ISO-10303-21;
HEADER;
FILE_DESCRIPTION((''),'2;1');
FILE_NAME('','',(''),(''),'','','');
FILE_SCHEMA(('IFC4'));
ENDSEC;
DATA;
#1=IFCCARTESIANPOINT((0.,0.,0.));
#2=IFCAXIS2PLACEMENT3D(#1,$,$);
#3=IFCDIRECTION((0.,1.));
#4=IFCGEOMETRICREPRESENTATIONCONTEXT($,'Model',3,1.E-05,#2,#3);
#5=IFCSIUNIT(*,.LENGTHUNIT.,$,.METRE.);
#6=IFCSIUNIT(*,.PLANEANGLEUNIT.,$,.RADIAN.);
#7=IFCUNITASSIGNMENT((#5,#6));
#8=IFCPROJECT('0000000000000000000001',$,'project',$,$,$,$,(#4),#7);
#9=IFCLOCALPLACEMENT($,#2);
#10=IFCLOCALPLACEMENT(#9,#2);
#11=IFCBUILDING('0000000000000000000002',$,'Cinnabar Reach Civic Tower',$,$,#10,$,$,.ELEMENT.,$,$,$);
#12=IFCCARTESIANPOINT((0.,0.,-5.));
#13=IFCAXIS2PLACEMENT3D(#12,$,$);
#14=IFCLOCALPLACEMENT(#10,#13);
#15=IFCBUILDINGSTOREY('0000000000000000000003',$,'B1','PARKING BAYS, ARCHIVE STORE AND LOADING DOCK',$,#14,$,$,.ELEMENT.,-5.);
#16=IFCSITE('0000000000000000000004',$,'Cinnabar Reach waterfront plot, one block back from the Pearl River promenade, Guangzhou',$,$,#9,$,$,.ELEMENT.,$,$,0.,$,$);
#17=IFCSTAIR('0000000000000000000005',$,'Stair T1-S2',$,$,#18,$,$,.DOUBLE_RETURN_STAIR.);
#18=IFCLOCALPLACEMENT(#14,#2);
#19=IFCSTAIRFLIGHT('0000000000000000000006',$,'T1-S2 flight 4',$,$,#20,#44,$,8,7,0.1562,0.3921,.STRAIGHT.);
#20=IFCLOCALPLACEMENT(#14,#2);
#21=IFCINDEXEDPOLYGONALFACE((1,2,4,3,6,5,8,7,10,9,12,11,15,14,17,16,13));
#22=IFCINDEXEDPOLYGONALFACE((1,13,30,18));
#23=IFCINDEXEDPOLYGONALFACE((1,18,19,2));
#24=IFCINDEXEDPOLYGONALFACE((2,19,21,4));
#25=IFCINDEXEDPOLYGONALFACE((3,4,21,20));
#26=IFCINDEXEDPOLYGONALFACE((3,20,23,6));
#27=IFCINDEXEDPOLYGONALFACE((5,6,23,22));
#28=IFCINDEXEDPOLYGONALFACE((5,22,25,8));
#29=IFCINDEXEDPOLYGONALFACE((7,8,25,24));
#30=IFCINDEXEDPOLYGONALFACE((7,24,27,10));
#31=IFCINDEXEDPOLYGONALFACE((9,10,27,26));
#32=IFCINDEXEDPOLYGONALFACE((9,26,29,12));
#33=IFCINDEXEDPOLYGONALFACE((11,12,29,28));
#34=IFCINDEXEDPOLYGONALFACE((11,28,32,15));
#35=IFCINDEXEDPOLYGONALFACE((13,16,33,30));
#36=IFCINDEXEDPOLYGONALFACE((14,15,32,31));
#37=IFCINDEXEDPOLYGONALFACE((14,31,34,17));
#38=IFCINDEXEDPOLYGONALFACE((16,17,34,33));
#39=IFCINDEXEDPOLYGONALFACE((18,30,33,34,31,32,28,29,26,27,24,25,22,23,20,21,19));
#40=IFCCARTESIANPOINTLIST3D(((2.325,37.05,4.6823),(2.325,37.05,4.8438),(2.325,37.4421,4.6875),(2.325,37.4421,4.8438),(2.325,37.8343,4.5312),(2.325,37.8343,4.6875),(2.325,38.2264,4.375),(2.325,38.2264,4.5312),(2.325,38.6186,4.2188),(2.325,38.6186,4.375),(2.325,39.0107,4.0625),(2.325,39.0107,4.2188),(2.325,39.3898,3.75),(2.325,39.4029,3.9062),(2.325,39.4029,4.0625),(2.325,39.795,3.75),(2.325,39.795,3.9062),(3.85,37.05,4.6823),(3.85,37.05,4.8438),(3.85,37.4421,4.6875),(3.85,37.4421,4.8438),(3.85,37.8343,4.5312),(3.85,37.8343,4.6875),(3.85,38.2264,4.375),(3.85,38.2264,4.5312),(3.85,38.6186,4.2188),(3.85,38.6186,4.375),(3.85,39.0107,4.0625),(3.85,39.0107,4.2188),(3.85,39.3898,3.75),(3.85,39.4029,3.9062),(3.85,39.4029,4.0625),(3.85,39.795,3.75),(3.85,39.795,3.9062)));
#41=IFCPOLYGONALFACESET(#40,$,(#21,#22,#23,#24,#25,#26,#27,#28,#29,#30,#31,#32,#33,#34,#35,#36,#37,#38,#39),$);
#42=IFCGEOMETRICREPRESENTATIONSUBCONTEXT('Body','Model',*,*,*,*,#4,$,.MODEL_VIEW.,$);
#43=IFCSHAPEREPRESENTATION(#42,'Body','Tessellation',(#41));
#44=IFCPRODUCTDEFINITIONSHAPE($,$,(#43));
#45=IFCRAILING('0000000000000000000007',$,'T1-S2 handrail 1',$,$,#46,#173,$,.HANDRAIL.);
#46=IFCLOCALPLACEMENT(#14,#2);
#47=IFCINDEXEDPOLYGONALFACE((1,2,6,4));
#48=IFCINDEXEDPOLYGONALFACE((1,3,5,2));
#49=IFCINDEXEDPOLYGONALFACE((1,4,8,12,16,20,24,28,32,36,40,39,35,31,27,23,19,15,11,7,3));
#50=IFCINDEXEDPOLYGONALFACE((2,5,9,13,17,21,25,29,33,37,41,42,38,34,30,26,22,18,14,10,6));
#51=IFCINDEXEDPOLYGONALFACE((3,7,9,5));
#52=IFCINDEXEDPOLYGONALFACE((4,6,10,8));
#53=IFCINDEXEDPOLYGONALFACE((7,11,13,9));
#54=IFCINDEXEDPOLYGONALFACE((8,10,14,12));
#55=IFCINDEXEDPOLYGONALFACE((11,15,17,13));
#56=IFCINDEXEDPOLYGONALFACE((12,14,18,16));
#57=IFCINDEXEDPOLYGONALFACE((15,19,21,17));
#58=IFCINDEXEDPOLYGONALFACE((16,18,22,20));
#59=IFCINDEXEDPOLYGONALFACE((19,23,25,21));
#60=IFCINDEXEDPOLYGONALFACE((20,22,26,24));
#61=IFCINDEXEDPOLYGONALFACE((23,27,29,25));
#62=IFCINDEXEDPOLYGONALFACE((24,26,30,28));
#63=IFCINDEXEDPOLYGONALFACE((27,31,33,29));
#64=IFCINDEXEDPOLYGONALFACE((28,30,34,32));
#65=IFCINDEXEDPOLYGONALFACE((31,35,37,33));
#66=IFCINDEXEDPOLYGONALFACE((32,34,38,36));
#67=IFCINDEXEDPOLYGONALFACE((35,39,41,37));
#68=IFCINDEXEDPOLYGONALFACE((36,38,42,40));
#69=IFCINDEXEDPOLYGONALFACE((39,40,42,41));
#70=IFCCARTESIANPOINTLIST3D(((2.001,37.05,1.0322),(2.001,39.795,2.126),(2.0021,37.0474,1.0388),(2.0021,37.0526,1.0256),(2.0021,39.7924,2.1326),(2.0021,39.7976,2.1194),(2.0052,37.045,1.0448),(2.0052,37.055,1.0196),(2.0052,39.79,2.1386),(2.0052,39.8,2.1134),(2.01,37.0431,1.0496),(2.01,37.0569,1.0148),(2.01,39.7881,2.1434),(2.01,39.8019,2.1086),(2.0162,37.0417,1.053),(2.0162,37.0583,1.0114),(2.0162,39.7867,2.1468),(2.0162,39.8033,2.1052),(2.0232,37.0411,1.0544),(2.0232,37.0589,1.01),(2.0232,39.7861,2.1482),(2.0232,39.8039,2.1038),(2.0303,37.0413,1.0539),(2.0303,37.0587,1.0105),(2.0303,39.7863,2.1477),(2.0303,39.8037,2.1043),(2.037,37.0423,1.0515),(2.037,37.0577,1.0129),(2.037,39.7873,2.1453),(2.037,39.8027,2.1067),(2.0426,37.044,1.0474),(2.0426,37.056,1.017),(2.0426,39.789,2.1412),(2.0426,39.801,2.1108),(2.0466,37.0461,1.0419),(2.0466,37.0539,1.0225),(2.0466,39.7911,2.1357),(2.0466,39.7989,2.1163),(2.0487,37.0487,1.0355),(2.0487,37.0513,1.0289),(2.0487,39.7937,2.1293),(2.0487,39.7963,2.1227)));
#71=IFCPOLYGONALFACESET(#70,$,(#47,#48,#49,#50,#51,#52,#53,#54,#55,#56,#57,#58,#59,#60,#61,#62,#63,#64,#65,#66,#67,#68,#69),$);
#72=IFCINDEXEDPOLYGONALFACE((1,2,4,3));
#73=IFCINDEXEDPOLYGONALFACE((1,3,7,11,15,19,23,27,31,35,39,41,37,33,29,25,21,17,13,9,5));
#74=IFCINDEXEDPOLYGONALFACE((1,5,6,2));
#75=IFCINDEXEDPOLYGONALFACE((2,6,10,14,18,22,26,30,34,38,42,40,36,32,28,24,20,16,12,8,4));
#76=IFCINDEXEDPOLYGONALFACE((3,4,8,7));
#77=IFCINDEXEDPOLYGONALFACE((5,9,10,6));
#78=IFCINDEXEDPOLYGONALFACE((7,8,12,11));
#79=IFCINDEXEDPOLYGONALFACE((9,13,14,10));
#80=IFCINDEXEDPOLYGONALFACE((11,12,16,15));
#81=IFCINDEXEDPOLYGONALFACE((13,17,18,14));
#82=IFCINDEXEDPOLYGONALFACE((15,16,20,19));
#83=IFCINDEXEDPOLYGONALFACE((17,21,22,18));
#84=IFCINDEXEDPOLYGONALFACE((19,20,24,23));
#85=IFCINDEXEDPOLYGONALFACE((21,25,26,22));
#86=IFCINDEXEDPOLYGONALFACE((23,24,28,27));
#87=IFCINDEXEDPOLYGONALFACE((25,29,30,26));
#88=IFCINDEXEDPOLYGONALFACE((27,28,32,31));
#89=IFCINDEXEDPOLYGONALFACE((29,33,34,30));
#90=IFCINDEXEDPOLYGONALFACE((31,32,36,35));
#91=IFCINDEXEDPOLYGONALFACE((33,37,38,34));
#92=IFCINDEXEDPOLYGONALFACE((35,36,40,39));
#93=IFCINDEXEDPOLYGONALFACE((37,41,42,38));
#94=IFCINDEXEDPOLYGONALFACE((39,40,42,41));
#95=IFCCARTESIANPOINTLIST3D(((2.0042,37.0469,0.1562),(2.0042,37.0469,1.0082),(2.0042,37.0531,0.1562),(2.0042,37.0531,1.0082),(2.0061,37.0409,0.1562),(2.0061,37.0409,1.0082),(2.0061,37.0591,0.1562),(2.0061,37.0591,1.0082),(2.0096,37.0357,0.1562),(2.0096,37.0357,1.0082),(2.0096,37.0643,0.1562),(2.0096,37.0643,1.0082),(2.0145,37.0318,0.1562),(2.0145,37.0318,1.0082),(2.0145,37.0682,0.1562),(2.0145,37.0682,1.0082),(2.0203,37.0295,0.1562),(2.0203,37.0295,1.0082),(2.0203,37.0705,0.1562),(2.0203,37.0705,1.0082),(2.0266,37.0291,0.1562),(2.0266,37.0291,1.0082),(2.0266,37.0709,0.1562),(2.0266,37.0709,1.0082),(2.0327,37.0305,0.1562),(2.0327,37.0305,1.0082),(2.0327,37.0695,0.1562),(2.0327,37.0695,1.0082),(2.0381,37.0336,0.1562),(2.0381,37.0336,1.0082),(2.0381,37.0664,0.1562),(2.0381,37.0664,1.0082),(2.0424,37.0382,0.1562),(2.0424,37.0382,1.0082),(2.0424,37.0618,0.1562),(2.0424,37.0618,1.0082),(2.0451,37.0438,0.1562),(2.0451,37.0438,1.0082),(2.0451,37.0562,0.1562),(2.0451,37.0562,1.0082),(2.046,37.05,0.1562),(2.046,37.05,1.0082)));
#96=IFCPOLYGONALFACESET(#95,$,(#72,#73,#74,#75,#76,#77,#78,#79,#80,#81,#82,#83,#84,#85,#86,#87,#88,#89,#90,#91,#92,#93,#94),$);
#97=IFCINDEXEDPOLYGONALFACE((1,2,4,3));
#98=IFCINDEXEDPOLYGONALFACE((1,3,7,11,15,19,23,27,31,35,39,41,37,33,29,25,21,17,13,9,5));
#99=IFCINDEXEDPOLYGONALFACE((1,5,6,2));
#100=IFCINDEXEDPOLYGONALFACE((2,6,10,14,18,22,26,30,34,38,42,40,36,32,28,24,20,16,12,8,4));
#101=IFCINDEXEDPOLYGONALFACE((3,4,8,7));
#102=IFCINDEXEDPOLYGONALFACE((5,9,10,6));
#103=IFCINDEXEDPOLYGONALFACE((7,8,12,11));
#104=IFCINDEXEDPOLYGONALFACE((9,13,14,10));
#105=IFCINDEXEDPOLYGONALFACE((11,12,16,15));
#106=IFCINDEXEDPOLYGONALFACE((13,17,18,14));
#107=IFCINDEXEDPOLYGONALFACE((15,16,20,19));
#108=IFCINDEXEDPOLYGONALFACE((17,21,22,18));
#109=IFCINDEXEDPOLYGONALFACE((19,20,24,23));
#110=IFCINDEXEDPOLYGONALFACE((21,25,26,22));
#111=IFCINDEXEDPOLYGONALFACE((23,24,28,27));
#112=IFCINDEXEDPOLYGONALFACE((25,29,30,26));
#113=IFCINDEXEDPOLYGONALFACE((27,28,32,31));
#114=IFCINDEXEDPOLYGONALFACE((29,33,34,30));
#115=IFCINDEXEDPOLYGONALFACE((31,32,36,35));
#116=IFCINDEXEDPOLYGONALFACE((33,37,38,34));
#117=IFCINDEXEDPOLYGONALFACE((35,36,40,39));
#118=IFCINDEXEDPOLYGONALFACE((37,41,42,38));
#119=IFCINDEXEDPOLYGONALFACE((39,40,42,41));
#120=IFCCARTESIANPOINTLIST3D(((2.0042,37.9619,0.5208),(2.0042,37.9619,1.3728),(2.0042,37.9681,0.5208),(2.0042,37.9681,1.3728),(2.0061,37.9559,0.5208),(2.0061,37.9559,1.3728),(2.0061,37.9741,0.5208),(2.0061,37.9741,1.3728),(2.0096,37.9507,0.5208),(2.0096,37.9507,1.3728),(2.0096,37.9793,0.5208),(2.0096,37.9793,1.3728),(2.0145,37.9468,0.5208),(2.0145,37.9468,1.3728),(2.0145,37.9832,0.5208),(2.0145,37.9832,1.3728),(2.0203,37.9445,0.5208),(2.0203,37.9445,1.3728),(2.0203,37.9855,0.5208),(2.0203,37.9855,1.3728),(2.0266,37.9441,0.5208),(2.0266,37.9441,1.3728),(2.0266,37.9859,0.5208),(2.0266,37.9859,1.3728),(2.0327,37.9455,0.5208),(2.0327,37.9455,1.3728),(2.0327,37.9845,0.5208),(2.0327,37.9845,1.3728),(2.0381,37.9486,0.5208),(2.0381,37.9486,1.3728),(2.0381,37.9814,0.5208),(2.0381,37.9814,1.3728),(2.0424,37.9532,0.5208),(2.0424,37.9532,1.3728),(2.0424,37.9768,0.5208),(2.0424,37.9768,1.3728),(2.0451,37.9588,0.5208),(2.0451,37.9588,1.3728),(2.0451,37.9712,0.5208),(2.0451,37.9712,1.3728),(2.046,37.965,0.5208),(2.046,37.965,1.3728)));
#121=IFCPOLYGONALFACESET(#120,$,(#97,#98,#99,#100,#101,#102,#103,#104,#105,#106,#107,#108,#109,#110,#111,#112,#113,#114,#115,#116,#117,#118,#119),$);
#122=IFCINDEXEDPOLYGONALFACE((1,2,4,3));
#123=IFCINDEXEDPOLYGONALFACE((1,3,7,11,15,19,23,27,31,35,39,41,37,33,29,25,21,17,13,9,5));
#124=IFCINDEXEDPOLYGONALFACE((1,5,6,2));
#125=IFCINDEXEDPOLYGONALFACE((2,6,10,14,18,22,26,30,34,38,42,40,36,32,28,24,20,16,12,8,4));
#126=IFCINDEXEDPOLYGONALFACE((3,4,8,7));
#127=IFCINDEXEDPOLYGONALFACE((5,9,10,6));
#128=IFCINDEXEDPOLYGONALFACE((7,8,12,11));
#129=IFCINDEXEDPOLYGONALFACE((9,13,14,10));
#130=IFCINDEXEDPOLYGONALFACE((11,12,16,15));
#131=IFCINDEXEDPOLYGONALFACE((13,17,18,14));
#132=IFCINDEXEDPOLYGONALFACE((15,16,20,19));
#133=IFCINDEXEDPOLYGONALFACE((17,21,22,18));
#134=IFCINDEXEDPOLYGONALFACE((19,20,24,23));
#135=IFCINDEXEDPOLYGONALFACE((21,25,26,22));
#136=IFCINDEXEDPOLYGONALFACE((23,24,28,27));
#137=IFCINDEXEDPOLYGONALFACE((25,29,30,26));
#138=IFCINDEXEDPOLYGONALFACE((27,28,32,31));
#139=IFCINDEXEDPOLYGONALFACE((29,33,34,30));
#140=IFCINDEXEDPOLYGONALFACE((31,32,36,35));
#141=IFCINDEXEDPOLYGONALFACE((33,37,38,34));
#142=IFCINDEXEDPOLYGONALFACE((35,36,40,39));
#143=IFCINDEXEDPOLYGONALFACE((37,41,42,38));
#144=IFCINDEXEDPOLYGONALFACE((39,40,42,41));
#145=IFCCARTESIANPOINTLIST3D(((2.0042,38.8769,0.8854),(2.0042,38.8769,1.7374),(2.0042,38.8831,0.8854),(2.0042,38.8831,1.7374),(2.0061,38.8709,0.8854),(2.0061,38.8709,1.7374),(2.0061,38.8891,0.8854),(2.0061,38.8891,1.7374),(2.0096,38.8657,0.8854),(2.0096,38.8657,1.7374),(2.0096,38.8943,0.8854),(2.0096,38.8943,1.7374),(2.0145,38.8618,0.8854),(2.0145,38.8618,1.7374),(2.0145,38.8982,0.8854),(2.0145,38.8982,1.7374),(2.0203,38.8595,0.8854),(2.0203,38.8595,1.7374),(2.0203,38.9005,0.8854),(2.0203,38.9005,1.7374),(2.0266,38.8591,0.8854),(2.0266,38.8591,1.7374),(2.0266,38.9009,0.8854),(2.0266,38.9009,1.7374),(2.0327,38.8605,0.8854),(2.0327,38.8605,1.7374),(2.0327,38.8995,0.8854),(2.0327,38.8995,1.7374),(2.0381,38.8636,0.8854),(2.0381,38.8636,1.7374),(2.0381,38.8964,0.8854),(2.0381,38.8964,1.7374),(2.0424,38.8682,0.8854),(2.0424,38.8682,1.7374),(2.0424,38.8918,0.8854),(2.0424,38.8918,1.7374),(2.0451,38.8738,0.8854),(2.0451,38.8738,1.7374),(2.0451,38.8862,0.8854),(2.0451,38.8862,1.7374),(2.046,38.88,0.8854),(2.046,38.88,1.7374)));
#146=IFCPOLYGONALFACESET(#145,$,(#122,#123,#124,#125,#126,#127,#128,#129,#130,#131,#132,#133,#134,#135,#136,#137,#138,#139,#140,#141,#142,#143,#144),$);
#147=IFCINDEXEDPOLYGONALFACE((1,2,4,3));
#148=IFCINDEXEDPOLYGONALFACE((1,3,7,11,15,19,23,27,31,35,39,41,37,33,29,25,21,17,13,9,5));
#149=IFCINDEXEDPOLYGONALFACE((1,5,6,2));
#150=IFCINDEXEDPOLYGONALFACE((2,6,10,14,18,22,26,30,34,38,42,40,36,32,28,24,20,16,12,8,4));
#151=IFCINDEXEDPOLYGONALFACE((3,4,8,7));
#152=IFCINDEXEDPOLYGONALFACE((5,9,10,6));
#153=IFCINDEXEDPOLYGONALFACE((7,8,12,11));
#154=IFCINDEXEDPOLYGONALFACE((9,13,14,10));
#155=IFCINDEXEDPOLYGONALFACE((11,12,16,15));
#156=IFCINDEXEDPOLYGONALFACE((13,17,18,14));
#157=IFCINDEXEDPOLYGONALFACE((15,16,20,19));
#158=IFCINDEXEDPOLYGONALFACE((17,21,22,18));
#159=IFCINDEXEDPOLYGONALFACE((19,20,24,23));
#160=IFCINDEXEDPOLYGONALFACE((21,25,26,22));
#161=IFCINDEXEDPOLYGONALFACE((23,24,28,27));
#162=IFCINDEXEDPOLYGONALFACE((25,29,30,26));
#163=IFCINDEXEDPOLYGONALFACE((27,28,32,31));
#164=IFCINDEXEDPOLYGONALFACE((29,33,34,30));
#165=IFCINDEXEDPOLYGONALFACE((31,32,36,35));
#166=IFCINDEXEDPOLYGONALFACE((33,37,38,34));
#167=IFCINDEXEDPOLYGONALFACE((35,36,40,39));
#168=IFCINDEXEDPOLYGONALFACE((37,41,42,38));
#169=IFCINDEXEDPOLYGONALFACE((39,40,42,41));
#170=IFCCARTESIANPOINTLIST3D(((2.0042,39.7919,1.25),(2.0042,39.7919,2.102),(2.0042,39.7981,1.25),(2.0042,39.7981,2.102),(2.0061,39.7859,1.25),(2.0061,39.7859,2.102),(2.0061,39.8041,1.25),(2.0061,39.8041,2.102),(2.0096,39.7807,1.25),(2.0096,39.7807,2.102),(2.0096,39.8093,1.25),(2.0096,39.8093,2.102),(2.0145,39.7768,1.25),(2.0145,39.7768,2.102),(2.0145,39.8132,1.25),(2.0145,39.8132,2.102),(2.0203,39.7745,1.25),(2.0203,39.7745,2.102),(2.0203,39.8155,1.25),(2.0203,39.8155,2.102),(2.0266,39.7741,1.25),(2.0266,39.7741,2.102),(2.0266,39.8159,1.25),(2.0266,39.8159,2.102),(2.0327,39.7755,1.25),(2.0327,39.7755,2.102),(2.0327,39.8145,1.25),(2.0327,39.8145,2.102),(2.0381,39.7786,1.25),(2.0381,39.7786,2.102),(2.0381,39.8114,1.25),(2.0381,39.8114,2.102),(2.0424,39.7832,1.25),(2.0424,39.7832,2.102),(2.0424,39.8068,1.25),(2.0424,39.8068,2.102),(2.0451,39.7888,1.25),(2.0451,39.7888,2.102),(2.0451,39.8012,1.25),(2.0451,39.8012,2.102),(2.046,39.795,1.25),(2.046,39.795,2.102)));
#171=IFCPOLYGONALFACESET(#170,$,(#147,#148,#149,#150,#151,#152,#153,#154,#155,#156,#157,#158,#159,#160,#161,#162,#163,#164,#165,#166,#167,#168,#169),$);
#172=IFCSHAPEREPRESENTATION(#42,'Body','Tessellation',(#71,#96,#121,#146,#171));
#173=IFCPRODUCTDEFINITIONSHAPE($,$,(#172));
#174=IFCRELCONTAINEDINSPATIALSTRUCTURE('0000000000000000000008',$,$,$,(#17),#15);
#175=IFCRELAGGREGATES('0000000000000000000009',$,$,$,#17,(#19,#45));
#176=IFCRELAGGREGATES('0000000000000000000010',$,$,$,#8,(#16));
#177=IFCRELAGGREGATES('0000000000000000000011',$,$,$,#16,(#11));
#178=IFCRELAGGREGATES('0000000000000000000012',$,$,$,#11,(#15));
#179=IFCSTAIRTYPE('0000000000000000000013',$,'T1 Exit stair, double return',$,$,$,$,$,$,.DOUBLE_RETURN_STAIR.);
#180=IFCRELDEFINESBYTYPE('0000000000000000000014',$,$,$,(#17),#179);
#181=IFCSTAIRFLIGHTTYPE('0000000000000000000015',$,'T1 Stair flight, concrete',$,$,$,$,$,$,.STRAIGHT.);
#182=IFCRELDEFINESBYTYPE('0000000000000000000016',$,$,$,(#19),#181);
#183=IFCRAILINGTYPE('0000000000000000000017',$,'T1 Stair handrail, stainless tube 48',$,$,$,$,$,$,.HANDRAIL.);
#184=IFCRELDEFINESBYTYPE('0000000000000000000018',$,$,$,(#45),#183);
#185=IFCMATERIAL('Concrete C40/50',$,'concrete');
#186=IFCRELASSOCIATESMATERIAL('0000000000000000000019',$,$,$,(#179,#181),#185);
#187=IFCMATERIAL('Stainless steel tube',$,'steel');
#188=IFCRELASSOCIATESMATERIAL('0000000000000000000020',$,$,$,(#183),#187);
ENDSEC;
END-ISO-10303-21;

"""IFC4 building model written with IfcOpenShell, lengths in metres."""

from ifc_helpers import new_model, si_unit, direction, frame, origin, origin_2d, place, context, subcontext, project, spatial, polyline, circle, outline, extrude, material, type_object, element, aggregate, save


model = new_model("IFC4")

# Units and contexts
model_context = context("Model", 3, precision=1e-05, world=origin(), true_north=direction((0.0, 1.0)))
body_context = subcontext(model_context, "Body", "Model", "MODEL_VIEW")
ifc_project = project(units=[si_unit("LENGTHUNIT", "METRE"), si_unit("PLANEANGLEUNIT", "RADIAN")], contexts=[model_context])

# Site, building, storey
site_placement = place(None, origin())
site = spatial("IfcSite", under=ifc_project, at=site_placement, Name="Cinnabar Reach waterfront plot, one block back from the Pearl River promenade, Guangzhou", CompositionType="ELEMENT", RefElevation=0.0)
building_placement = place(site_placement, origin())
building = spatial("IfcBuilding", under=site, at=building_placement, Name="Cinnabar Reach Civic Tower", CompositionType="ELEMENT")
storey_placement = place(building_placement, frame((0.0, 0.0, -5.0)))
storey = spatial("IfcBuildingStorey", under=building, at=storey_placement, Name="B1", Description="PARKING BAYS, ARCHIVE STORE AND LOADING DOCK", CompositionType="ELEMENT", Elevation=-5.0)

# Shared definitions
ifc_material_1 = material(Name="Concrete C40/50", Category="concrete")

# Stair, stair flight, railing
stair_type = type_object("IfcStairType", Name="T1 Exit stair, double return", PredefinedType="DOUBLE_RETURN_STAIR", material=ifc_material_1)
stair_placement = place(storey_placement, origin())
stair = element("IfcStair", 1, at=stair_placement, inside=storey, type_object=stair_type, Name="Stair T1-S2", PredefinedType="DOUBLE_RETURN_STAIR")
stair_flight_type = type_object("IfcStairFlightType", Name="T1 Stair flight, concrete", PredefinedType="STRAIGHT", material=ifc_material_1)
stair_flight_1_placement = place(storey_placement, frame((3.0875, 39.795, 3.75), z_axis=(0.0, 0.0, 1.0), x_axis=(0.0, -1.0, 0.0)))
stair_flight_1 = element("IfcStairFlight", 2, at=stair_flight_1_placement, type_object=stair_flight_type, Name="T1-S2 flight 4", NumberOfRisers=8, NumberOfTreads=7, PredefinedType="STRAIGHT", RiserHeight=0.1562, TreadLength=0.3921, context=body_context, shape_type="SweptSolid", body=[
    extrude(outline(polyline([(0.0, 0.0), (0.0, 0.1562), (0.3921, 0.1562), (0.3921, 0.3125), (0.7843, 0.3125), (0.7843, 0.4688), (1.1764, 0.4688), (1.1764, 0.625), (1.5686, 0.625), (1.5686, 0.7812), (1.9607, 0.7812), (1.9607, 0.9375), (2.3529, 0.9375), (2.3529, 1.0938), (2.745, 1.0938), (2.745, 1.25), (2.745, 0.9323), (0.4052, 0.0), (0.0, 0.0)])), frame((0.0, 0.7625, 0.0), z_axis=(0.0, -1.0, 0.0), x_axis=(1.0, 0.0, 0.0)), (0.0, 0.0, 1.0), 1.525),
])
ifc_material_2 = material(Name="Stainless steel tube", Category="steel")
railing_type_1 = type_object("IfcRailingType", Name="T1 Stair handrail, stainless tube 48", PredefinedType="HANDRAIL", material=ifc_material_2)
railing_1_placement = place(storey_placement, frame((2.025, 37.05, 0.1562)))
railing_1 = element("IfcRailing", 3, at=railing_1_placement, type_object=railing_type_1, Name="T1-S2 handrail 1", PredefinedType="HANDRAIL", context=body_context, shape_type="SweptSolid", body=[
    extrude(circle(Radius=0.024, at=origin_2d()), frame((0.0, 0.0, 0.876), z_axis=(0.0, 0.928966, 0.370165), x_axis=(-1.0, 0.0, 0.0)), (0.0, 0.0, 1.0), 2.9549),
    extrude(circle(Radius=0.021, at=origin_2d()), origin(), (0.0, 0.0, 1.0), 0.852),
    extrude(circle(Radius=0.021, at=origin_2d()), frame((0.0, 0.915, 0.3646)), (0.0, 0.0, 1.0), 0.852),
    extrude(circle(Radius=0.021, at=origin_2d()), frame((0.0, 1.83, 0.7292)), (0.0, 0.0, 1.0), 0.852),
    extrude(circle(Radius=0.021, at=origin_2d()), frame((0.0, 2.745, 1.0938)), (0.0, 0.0, 1.0), 0.852),
])
aggregate(stair, [stair_flight_1, railing_1])

save(model, "model.ifc")
